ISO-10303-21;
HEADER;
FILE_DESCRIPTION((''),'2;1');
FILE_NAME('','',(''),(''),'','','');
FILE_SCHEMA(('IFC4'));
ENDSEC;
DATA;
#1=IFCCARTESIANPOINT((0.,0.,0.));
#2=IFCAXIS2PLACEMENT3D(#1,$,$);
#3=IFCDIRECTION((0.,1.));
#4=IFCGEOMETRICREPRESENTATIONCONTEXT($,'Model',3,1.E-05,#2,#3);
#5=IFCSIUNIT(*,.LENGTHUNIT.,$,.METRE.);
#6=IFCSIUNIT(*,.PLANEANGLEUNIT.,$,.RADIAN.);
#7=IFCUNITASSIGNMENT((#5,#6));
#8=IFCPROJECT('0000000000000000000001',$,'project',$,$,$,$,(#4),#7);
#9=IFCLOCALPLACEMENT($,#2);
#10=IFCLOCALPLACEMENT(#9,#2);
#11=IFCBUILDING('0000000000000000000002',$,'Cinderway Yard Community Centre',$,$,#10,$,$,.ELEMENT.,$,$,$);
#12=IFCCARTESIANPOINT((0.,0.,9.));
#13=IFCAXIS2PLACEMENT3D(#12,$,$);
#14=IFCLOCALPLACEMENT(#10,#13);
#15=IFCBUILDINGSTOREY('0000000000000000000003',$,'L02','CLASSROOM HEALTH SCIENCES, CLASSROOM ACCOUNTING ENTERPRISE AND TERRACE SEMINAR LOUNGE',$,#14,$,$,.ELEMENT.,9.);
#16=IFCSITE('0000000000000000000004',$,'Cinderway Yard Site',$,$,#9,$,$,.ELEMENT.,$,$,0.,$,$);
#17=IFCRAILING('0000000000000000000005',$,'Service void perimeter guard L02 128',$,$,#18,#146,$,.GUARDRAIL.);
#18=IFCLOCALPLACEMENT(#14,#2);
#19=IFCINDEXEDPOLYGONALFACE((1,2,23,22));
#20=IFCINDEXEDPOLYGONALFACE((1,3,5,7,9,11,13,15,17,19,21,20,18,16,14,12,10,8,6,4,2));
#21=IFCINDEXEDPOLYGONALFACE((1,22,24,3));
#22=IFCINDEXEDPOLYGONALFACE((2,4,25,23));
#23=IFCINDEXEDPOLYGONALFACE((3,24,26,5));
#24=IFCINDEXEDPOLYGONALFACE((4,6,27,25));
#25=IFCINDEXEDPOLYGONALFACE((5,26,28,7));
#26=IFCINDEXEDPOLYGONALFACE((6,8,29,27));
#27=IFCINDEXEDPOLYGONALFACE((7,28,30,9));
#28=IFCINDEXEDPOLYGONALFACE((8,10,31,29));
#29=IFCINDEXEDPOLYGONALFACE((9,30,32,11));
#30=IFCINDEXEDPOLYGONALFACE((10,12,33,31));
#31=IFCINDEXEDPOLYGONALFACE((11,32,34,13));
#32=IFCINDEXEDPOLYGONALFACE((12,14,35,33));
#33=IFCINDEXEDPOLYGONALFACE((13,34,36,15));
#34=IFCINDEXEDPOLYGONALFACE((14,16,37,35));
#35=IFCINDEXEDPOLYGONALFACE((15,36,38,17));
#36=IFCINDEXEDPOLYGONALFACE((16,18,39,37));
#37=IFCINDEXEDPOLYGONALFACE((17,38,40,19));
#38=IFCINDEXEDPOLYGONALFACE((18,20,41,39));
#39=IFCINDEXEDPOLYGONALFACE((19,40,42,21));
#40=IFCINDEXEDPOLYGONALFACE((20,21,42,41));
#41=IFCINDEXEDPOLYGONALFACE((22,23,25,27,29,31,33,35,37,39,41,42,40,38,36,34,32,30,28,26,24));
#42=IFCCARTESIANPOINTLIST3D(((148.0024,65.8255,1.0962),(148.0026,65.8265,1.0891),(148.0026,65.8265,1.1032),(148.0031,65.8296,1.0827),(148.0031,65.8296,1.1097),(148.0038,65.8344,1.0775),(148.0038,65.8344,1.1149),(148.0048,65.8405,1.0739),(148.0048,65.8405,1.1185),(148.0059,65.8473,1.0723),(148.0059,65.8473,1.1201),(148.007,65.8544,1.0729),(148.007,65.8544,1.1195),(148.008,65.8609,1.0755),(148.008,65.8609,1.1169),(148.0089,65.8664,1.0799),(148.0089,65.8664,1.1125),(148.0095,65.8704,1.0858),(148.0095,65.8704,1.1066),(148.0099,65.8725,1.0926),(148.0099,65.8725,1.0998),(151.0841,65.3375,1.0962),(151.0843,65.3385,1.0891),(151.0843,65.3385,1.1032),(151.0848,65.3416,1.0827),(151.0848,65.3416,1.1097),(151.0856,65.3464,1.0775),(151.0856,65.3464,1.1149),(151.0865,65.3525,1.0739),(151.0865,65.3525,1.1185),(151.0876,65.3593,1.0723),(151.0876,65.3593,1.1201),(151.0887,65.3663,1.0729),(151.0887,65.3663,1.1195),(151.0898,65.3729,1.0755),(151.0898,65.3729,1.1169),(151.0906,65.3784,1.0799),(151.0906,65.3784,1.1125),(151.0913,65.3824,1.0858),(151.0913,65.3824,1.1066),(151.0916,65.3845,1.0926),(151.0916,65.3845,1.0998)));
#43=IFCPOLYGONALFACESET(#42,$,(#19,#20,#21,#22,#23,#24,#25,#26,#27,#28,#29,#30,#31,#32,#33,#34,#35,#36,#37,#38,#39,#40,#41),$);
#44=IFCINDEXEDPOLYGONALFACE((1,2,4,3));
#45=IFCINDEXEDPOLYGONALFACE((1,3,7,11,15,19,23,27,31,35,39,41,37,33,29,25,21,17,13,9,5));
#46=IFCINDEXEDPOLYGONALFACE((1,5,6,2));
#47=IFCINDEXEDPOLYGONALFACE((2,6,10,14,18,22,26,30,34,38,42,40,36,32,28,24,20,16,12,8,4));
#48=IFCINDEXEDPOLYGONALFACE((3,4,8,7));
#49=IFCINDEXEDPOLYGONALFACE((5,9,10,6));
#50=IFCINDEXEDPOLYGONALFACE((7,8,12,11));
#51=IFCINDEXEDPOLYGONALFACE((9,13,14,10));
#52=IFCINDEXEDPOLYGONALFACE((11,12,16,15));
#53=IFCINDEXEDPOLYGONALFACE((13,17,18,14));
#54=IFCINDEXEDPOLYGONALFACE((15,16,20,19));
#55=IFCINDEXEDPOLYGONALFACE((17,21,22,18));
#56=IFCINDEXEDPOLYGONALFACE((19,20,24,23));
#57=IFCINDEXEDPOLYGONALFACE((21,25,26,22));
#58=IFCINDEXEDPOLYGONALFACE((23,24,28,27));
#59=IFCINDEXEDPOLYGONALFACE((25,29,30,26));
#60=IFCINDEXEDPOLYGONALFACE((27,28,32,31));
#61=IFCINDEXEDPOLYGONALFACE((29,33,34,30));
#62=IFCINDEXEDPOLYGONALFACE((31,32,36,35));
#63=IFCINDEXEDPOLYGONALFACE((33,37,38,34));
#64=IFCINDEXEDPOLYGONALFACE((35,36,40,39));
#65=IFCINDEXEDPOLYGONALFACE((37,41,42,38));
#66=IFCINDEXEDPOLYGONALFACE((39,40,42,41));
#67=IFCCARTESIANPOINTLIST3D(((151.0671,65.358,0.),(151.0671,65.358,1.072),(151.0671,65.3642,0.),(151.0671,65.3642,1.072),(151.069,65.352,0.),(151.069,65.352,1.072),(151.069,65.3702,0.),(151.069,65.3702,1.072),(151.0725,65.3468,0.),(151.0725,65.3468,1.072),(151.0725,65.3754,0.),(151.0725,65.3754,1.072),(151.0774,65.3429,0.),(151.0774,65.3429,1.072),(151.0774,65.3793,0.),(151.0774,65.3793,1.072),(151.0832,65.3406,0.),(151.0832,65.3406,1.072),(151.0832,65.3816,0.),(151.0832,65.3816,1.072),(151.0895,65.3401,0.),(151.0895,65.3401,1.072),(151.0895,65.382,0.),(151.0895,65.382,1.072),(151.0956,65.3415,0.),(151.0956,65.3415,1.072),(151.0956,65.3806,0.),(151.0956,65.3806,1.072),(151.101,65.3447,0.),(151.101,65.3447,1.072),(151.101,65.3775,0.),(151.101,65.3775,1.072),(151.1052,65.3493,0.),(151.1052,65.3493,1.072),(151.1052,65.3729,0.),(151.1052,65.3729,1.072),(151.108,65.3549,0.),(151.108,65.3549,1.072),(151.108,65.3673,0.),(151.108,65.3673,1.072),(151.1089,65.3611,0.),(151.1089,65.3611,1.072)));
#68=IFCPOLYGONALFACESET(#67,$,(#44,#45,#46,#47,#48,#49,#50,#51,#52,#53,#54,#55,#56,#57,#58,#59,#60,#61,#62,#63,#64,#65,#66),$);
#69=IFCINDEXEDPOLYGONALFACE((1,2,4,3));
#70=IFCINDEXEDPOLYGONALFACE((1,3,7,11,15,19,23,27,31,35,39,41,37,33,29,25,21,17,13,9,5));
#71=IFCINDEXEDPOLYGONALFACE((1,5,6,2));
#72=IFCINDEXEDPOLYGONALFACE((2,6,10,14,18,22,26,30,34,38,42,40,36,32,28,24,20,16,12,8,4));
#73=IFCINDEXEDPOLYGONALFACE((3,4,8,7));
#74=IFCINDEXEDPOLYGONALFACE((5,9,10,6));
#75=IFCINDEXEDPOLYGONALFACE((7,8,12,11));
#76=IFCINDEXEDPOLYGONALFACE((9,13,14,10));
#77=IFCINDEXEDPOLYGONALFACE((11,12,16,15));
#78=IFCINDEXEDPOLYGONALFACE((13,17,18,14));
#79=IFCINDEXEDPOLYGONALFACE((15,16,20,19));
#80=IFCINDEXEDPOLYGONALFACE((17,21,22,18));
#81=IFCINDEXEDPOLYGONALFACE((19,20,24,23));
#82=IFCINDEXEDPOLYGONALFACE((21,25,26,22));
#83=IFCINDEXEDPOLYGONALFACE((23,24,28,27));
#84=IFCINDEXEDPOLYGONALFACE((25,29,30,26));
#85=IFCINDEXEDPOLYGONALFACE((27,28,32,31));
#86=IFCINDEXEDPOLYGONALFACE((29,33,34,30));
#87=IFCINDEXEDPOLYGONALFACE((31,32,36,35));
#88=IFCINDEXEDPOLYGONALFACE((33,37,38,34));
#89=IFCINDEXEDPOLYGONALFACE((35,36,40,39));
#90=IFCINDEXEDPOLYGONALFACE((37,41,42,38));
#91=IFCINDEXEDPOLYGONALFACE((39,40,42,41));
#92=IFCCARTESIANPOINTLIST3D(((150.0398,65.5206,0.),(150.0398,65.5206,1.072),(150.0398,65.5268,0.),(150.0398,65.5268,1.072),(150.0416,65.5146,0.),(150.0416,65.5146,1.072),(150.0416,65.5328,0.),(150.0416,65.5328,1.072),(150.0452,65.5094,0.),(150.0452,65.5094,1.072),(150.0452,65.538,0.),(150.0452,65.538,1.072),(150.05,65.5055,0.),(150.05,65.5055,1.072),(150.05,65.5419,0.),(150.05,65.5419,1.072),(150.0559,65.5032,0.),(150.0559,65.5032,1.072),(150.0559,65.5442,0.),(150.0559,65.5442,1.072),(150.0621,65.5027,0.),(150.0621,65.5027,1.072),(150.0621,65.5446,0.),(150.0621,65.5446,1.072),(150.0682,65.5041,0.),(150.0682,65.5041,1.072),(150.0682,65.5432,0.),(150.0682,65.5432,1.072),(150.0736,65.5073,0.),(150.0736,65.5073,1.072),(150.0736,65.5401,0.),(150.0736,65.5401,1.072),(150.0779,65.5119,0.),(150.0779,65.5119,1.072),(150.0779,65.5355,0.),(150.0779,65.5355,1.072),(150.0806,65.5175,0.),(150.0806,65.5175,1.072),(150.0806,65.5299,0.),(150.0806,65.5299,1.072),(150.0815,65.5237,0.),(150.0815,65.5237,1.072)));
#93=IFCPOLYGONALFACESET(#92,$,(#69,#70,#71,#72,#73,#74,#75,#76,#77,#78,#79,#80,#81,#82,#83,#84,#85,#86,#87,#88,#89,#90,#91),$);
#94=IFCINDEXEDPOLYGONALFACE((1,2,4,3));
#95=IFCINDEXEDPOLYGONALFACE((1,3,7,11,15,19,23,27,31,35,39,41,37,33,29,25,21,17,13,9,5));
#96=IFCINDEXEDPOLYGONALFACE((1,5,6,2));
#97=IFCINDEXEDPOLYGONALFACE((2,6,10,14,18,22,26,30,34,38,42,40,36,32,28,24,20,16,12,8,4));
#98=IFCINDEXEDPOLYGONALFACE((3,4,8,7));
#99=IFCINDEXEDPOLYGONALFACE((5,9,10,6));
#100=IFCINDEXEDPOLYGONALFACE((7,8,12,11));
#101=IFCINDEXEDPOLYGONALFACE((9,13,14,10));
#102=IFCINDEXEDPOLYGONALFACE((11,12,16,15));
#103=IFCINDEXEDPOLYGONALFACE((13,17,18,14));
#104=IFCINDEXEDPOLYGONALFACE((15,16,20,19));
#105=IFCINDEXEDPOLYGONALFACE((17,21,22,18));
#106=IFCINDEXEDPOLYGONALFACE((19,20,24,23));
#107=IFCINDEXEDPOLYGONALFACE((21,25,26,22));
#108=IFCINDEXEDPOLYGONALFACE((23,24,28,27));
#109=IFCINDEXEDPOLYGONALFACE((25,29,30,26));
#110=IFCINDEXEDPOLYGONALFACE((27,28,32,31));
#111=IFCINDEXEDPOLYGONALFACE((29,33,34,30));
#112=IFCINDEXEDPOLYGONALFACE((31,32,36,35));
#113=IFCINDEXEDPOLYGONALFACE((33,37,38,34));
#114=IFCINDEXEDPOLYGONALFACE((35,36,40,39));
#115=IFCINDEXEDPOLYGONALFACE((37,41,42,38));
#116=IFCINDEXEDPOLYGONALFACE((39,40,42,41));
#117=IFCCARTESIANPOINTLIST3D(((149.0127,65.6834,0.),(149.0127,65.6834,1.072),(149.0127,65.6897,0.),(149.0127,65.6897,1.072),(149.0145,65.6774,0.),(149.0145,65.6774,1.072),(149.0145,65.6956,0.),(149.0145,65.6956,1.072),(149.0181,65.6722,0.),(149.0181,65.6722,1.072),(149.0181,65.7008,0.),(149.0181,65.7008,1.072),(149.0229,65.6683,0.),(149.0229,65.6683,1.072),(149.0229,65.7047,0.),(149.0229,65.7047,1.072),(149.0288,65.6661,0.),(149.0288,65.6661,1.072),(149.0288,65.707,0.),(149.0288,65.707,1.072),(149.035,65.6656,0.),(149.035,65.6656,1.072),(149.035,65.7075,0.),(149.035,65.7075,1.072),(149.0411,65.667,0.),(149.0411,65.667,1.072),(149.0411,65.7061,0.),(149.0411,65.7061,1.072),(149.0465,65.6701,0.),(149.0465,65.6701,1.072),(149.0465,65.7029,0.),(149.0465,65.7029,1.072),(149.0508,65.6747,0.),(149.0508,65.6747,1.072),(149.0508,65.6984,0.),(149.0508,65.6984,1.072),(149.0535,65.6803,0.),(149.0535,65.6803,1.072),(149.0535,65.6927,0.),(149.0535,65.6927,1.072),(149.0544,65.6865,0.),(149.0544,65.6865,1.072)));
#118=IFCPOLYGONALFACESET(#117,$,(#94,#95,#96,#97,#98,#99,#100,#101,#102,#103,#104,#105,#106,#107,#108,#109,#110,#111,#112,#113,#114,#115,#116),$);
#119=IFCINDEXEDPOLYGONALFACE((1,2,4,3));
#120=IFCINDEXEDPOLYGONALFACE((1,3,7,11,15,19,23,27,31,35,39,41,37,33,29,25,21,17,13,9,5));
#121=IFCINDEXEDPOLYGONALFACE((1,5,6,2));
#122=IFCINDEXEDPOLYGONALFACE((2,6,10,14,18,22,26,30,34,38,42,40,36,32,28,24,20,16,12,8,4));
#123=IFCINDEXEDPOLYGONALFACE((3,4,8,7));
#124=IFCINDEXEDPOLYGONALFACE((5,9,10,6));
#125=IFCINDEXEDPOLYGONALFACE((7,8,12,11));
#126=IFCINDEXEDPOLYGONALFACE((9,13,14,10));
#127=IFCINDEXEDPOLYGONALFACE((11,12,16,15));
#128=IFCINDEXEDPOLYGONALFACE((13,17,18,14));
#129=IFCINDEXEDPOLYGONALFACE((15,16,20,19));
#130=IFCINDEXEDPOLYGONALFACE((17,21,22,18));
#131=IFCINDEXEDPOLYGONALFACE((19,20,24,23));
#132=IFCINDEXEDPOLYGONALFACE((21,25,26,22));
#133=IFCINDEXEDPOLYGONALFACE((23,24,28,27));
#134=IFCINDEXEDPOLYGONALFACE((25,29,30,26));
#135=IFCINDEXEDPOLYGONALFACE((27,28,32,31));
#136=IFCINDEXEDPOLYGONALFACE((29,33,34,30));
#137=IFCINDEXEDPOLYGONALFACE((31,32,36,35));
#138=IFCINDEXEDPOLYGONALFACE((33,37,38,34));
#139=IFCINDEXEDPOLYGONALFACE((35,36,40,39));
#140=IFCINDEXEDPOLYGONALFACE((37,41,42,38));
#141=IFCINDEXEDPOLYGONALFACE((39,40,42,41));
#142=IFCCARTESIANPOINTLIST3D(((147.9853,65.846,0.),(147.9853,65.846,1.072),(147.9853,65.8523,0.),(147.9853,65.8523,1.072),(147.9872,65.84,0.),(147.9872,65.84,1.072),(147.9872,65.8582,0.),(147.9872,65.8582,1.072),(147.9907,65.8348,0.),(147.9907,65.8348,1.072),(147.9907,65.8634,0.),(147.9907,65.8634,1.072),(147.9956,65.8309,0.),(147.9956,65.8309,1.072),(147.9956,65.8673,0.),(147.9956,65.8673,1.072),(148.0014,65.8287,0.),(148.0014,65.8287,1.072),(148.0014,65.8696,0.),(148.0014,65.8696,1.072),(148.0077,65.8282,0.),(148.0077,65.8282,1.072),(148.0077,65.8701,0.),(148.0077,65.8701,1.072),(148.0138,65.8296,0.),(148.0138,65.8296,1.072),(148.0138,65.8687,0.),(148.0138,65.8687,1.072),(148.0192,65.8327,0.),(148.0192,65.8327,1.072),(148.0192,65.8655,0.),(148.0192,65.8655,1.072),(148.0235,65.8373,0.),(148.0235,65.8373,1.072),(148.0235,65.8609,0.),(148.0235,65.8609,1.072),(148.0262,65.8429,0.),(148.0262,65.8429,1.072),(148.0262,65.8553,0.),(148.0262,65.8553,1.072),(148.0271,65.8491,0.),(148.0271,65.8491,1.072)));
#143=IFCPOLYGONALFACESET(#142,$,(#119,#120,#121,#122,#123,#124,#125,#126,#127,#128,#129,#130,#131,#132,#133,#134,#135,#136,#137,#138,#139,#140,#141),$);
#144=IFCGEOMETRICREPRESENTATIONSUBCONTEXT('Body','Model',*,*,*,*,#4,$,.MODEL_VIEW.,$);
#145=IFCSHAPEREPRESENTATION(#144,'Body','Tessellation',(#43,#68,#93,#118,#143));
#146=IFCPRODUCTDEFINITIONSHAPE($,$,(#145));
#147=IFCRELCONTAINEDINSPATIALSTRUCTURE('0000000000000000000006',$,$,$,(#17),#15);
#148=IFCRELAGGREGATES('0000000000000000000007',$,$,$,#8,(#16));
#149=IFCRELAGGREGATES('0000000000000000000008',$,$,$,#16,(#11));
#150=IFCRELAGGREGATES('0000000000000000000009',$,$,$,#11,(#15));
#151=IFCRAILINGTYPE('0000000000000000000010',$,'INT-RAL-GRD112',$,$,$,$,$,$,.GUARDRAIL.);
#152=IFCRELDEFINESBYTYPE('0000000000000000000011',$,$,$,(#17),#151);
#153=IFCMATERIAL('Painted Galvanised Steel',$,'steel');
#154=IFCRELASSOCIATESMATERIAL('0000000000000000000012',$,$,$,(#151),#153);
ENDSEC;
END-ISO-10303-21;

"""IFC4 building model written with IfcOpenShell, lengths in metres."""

from ifc_helpers import new_model, si_unit, direction, frame, origin, origin_2d, place, context, subcontext, project, spatial, circle, extrude, material, type_object, element, save


model = new_model("IFC4")

# Units and contexts
model_context = context("Model", 3, precision=1e-05, world=origin(), true_north=direction((0.0, 1.0)))
body_context = subcontext(model_context, "Body", "Model", "MODEL_VIEW")
ifc_project = project(units=[si_unit("LENGTHUNIT", "METRE"), si_unit("PLANEANGLEUNIT", "RADIAN")], contexts=[model_context])

# Site, building, storey
site_placement = place(None, origin())
site = spatial("IfcSite", under=ifc_project, at=site_placement, Name="Cinderway Yard Site", CompositionType="ELEMENT", RefElevation=0.0)
building_placement = place(site_placement, origin())
building = spatial("IfcBuilding", under=site, at=building_placement, Name="Cinderway Yard Community Centre", CompositionType="ELEMENT")
storey_placement = place(building_placement, frame((0.0, 0.0, 9.0)))
storey = spatial("IfcBuildingStorey", under=building, at=storey_placement, Name="L02", Description="CLASSROOM HEALTH SCIENCES, CLASSROOM ACCOUNTING ENTERPRISE AND TERRACE SEMINAR LOUNGE", CompositionType="ELEMENT", Elevation=9.0)

# Shared definitions
ifc_material_1 = material(Name="Painted Galvanised Steel", Category="steel")

# Railing
railing_type_1 = type_object("IfcRailingType", Name="INT-RAL-GRD112", PredefinedType="GUARDRAIL", material=ifc_material_1)
railing_1_placement = place(storey_placement, frame((151.0879, 65.3611, 0.0)))
element("IfcRailing", 1, at=railing_1_placement, inside=storey, type_object=railing_type_1, Name="Service void perimeter guard L02 128", PredefinedType="GUARDRAIL", context=body_context, shape_type="SweptSolid", body=[
    extrude(circle(Radius=0.0239, at=origin_2d()), frame((0.0, 0.0, 1.0962), z_axis=(-0.987692, 0.156413, 0.0), x_axis=(-0.156413, -0.987692, 0.0)), (0.0, 0.0, 1.0), 3.1201),
    extrude(circle(Radius=0.021, at=origin_2d()), origin(), (0.0, 0.0, 1.0), 1.072),
    extrude(circle(Radius=0.021, at=origin_2d()), frame((-1.0273, 0.1626, 0.0)), (0.0, 0.0, 1.0), 1.072),
    extrude(circle(Radius=0.021, at=origin_2d()), frame((-2.0544, 0.3254, 0.0)), (0.0, 0.0, 1.0), 1.072),
    extrude(circle(Radius=0.021, at=origin_2d()), frame((-3.0818, 0.488, 0.0)), (0.0, 0.0, 1.0), 1.072),
])

save(model, "model.ifc")
